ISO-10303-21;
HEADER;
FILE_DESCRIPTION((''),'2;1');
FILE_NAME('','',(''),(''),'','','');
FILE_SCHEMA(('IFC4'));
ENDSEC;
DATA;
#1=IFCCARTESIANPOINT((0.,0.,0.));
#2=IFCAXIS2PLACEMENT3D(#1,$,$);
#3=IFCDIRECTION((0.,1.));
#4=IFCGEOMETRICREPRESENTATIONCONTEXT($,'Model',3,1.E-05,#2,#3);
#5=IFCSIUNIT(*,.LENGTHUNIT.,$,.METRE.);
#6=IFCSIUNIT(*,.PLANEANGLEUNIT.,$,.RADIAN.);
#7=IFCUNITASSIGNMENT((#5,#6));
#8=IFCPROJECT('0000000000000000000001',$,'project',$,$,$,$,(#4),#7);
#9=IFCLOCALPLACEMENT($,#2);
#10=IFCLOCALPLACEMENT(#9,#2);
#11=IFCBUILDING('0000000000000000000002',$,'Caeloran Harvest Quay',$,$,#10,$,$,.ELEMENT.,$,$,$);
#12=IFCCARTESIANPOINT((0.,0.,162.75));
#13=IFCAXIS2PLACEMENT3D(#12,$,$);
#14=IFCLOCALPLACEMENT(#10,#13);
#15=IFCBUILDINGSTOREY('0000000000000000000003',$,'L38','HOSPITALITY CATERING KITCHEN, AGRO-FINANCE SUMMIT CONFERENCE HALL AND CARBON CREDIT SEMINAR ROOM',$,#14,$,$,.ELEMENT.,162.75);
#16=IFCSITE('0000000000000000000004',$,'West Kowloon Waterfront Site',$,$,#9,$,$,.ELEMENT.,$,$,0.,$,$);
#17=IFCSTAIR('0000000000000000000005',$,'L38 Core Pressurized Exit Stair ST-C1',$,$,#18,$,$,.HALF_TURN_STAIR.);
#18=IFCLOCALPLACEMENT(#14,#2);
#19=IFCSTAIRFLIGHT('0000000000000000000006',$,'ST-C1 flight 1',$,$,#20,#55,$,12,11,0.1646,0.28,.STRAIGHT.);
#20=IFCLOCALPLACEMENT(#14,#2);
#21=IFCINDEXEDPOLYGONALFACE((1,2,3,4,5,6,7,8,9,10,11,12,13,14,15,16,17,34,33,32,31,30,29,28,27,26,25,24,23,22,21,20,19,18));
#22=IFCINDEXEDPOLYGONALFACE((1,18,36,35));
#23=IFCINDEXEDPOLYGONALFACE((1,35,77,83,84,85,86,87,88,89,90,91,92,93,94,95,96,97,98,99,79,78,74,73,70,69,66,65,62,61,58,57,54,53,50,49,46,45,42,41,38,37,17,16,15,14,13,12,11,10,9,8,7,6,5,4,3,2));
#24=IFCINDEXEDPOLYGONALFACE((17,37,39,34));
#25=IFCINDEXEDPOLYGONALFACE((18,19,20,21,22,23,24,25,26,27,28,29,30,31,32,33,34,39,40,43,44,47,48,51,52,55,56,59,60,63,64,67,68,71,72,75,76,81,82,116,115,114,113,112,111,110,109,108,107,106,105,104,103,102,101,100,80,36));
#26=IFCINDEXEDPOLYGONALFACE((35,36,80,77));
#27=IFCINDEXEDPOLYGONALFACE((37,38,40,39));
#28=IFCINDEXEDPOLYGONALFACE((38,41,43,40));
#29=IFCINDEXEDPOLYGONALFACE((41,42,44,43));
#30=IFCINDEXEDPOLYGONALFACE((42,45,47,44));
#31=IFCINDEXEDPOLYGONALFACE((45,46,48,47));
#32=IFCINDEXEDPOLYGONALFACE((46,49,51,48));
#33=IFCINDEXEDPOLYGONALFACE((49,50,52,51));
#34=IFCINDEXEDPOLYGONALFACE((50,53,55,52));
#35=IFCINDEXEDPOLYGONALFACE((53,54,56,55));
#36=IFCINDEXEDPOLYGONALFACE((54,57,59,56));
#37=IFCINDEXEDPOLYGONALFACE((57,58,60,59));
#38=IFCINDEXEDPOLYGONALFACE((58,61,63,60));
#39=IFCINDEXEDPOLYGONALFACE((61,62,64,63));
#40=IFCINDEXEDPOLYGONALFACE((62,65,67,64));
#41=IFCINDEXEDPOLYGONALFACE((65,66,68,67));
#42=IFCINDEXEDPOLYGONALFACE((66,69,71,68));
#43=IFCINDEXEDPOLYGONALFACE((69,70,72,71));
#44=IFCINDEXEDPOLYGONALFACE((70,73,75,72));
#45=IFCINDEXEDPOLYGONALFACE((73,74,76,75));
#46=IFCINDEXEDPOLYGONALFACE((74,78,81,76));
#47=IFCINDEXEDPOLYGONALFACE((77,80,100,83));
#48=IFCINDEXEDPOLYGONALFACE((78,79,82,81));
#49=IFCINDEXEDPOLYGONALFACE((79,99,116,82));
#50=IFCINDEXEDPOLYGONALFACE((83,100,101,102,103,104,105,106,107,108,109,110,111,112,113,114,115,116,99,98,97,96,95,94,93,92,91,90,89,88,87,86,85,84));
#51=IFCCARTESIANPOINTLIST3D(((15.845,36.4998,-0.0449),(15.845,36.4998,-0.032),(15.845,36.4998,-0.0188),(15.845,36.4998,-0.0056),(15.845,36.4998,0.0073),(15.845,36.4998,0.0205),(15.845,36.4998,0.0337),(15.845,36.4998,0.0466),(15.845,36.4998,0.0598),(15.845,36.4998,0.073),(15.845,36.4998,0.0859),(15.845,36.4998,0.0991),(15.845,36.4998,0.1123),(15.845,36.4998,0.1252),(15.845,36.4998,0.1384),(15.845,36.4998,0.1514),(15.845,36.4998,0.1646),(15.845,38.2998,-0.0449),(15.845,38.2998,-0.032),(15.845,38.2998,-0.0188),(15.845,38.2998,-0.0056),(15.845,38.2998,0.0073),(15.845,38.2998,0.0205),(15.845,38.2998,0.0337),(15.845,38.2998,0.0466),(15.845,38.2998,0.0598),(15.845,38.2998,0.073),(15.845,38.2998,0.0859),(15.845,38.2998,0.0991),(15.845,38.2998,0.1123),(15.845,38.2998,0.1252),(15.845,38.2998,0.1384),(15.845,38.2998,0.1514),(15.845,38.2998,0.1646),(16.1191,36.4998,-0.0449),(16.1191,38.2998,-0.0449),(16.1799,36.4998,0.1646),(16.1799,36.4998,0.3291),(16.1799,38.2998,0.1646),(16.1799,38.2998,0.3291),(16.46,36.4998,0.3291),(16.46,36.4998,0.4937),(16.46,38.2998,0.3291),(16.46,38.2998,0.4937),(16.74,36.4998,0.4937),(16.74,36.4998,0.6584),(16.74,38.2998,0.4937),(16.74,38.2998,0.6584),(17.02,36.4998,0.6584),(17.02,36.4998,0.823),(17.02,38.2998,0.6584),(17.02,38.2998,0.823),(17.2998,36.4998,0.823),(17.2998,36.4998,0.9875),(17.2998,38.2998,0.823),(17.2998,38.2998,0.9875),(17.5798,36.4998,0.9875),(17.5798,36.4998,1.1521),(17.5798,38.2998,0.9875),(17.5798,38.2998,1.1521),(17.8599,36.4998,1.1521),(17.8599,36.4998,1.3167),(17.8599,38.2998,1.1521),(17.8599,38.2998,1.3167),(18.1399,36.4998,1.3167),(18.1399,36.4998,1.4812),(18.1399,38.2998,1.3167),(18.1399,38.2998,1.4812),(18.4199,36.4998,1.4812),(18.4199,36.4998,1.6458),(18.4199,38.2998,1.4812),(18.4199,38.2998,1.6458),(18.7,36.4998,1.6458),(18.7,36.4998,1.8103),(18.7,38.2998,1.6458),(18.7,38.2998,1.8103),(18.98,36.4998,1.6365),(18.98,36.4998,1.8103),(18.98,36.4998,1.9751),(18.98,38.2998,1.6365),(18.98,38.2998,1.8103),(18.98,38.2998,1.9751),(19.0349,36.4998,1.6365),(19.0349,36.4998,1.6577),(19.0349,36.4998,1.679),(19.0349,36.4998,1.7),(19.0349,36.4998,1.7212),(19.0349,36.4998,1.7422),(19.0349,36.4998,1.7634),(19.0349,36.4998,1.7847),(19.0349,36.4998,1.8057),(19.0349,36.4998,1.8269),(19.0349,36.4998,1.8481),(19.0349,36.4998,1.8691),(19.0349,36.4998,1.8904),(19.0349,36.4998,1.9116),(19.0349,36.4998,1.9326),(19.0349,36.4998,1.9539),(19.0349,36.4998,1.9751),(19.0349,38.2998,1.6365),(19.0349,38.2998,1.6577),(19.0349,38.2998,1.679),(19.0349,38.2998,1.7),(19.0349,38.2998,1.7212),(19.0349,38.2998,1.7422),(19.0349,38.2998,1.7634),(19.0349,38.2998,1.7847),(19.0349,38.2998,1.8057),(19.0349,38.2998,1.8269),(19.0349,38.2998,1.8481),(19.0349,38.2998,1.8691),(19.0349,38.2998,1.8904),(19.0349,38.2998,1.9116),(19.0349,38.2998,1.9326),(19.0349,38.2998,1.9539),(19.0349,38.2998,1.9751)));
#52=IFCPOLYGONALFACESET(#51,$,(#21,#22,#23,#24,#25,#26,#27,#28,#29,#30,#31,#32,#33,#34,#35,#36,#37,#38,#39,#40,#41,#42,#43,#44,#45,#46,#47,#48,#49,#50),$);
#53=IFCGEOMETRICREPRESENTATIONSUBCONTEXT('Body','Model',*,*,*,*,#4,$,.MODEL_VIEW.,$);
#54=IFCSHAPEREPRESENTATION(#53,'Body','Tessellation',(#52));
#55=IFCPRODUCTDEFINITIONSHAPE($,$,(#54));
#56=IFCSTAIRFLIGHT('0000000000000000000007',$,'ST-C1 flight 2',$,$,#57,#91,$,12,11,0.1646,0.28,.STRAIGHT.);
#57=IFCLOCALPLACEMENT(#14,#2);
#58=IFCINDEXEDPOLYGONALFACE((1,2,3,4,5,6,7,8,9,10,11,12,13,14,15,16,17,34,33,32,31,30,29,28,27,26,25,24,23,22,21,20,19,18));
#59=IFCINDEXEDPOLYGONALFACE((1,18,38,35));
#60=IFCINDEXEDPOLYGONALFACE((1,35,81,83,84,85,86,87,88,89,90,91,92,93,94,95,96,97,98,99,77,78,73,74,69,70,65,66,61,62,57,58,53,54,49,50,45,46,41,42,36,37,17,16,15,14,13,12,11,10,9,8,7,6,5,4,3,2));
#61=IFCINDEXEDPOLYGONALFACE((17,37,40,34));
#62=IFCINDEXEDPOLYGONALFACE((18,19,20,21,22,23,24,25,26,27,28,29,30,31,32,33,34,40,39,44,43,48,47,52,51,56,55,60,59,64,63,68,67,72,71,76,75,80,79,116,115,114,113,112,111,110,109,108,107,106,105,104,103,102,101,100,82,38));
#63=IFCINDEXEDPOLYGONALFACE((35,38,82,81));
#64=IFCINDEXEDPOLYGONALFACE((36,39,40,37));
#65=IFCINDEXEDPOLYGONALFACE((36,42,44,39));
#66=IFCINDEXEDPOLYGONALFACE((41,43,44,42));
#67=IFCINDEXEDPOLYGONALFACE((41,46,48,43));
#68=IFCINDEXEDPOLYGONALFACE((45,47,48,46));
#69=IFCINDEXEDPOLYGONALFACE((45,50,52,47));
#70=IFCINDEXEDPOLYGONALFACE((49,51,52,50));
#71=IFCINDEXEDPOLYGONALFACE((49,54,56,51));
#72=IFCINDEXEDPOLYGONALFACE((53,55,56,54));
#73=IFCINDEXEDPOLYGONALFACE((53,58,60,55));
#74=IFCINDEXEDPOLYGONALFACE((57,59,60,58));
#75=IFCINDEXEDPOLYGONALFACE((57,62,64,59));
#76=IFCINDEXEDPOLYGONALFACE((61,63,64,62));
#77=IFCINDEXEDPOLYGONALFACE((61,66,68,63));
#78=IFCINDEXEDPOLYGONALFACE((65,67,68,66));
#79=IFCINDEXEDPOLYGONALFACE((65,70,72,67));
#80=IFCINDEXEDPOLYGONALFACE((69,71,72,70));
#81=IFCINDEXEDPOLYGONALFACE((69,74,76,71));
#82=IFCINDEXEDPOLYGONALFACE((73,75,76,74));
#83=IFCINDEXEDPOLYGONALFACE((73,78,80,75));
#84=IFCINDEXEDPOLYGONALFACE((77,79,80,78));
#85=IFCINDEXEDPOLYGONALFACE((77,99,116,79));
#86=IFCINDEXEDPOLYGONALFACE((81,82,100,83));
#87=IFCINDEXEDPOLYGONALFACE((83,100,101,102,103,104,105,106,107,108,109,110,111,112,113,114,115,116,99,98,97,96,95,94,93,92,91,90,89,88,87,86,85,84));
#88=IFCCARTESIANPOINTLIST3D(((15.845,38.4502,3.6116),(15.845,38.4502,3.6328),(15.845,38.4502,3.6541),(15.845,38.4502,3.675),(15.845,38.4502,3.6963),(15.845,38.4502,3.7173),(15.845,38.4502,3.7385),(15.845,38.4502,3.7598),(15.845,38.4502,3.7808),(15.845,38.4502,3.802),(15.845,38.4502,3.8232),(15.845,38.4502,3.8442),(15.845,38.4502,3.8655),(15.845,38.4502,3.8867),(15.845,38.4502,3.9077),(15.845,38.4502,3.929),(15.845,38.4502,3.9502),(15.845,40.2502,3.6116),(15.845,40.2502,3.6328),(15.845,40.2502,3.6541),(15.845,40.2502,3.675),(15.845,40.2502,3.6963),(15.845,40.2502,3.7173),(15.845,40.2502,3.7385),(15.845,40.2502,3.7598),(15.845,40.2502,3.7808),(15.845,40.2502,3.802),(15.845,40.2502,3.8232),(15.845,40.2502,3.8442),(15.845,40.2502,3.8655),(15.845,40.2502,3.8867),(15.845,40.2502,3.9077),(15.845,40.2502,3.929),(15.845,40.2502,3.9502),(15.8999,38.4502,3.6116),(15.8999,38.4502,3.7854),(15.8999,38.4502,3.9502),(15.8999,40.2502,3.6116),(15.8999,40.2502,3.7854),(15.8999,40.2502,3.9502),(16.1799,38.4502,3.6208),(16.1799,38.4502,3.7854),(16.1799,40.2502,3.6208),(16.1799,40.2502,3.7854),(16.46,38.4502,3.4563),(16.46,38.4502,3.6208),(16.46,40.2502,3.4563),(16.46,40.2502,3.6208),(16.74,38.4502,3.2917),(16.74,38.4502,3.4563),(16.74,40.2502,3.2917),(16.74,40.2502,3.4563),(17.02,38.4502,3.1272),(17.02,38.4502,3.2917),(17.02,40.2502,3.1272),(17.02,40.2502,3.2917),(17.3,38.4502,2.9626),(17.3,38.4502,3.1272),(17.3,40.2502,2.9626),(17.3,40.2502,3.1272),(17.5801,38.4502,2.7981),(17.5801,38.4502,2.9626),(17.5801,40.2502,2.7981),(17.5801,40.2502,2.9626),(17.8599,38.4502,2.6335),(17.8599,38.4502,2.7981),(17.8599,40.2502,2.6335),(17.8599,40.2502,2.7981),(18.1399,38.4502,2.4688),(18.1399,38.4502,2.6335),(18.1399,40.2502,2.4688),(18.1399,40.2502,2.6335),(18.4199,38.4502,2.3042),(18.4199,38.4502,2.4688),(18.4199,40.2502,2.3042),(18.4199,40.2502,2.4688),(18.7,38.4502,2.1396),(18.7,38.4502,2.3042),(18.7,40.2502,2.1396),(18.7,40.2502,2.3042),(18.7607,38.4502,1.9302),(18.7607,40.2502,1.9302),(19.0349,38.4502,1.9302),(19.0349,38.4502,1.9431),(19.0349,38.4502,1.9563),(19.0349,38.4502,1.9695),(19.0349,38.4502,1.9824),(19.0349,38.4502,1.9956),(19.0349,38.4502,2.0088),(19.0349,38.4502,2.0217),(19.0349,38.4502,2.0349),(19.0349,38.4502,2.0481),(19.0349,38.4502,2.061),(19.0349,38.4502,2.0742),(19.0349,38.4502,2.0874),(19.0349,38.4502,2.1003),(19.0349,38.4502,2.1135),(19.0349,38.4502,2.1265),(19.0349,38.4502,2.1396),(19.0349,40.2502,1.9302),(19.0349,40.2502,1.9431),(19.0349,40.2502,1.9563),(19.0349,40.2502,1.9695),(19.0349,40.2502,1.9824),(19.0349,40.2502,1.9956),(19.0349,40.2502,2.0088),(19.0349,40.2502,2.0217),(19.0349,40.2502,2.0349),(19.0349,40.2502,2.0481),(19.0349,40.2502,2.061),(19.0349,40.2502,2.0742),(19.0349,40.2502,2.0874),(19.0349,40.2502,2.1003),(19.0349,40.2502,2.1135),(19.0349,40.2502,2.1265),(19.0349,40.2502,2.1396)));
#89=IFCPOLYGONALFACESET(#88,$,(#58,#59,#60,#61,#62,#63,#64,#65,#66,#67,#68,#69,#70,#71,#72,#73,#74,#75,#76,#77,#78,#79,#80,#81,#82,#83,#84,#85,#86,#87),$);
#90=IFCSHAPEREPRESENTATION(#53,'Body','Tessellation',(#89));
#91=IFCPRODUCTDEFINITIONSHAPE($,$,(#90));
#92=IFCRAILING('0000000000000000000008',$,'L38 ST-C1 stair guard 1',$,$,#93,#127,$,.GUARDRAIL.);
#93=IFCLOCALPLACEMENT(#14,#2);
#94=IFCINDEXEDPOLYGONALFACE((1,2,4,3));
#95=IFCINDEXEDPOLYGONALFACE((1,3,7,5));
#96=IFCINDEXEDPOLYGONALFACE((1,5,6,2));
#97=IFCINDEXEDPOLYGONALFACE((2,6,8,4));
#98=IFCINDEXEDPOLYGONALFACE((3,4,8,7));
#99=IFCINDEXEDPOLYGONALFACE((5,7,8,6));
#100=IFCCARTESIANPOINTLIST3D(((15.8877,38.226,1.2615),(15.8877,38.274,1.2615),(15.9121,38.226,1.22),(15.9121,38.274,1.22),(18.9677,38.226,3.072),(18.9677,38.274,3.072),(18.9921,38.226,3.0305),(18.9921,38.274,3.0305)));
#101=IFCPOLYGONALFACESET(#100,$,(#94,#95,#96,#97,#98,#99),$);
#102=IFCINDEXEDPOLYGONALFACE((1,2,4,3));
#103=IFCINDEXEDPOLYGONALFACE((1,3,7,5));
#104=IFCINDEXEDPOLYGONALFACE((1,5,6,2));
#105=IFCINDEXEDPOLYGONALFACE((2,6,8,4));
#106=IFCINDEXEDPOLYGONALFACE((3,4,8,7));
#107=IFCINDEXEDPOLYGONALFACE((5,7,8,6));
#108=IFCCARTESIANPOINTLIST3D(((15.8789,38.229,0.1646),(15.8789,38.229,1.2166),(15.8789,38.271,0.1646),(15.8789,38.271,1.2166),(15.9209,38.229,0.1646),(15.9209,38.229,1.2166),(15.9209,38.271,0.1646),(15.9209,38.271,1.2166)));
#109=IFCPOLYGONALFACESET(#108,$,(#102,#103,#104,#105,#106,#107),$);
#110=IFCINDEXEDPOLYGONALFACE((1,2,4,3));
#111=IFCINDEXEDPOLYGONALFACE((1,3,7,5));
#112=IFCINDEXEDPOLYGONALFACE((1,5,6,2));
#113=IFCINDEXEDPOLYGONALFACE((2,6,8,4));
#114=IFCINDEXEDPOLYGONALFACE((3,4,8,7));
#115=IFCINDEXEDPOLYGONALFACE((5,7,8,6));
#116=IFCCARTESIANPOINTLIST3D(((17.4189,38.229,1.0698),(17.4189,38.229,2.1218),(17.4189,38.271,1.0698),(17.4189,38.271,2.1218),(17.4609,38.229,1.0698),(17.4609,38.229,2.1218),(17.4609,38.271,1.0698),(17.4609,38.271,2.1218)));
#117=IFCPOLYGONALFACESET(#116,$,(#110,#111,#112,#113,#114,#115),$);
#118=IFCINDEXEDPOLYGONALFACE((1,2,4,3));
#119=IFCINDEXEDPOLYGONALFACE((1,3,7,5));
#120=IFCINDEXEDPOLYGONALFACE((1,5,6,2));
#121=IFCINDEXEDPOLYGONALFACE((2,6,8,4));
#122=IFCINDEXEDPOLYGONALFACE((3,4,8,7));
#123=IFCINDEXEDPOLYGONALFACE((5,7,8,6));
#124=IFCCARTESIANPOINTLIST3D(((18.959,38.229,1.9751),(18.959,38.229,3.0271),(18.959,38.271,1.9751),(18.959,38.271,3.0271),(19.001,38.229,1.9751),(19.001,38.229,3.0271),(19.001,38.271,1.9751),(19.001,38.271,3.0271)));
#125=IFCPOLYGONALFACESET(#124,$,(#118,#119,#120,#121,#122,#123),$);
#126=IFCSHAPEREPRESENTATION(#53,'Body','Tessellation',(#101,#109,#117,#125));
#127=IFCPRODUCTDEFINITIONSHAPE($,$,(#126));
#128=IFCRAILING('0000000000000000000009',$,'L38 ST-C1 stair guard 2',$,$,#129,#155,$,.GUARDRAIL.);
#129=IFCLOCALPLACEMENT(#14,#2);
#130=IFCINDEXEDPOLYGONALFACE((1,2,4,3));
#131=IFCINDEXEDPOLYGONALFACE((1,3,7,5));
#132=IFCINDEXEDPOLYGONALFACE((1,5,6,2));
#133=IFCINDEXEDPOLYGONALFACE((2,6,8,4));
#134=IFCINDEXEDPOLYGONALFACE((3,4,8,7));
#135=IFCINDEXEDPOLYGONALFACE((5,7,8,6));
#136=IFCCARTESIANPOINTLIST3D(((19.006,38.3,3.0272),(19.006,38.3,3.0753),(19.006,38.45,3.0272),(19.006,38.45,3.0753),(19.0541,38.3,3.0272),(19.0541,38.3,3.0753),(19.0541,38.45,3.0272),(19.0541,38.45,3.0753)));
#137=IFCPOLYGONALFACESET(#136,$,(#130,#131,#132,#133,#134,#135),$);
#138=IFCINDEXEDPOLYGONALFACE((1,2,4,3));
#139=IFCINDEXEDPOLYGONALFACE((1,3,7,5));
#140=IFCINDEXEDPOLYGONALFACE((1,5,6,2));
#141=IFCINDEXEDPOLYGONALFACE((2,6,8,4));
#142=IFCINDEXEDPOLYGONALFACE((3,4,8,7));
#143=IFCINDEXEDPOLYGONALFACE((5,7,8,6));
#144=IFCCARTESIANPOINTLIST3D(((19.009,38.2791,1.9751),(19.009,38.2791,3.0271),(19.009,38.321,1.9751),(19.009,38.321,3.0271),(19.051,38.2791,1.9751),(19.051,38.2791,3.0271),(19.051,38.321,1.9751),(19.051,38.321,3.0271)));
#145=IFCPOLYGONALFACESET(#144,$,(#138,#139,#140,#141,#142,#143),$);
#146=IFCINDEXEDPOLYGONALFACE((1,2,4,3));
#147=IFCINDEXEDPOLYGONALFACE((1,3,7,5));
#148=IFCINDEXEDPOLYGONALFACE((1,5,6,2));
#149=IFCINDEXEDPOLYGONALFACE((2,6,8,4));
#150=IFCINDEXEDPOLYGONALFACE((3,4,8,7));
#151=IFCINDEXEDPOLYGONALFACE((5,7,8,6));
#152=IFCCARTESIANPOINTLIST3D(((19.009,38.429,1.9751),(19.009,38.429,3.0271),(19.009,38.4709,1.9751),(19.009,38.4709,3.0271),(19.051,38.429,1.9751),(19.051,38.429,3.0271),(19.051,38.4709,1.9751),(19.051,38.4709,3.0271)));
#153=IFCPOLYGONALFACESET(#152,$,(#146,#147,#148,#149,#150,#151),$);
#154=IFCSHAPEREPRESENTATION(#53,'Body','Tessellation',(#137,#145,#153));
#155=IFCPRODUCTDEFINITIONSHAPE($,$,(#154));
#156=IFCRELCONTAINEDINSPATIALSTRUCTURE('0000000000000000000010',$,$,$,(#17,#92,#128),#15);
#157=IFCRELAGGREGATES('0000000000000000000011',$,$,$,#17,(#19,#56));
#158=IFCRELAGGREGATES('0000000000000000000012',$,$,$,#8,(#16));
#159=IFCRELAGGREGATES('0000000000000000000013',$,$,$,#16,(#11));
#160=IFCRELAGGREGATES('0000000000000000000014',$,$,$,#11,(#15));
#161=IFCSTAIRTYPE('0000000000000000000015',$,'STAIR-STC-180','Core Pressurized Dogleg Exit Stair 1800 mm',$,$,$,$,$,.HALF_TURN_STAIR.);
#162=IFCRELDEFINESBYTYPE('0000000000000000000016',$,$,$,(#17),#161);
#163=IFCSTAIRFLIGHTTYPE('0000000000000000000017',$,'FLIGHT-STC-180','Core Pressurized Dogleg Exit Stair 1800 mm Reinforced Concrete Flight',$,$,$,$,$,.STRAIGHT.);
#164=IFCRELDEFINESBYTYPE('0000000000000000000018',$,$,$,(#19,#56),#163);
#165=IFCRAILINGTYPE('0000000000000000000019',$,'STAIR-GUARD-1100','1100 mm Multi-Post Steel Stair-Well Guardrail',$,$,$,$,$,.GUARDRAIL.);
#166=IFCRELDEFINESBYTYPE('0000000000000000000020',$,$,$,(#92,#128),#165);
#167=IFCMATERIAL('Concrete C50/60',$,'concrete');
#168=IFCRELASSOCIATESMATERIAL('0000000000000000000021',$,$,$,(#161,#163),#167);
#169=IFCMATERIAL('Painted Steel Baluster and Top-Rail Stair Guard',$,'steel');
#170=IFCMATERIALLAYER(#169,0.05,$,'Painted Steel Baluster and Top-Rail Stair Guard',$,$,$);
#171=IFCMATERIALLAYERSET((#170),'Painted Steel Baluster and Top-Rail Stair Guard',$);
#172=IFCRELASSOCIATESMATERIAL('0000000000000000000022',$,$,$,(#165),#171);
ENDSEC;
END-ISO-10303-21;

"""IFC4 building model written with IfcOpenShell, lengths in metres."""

from ifc_helpers import new_model, si_unit, direction, frame, origin, origin_2d, place, context, subcontext, project, spatial, polyline, rectangle, outline, extrude, material, layer, layer_set, type_object, element, aggregate, save


model = new_model("IFC4")

# Units and contexts
model_context = context("Model", 3, precision=1e-05, world=origin(), true_north=direction((0.0, 1.0)))
body_context = subcontext(model_context, "Body", "Model", "MODEL_VIEW")
ifc_project = project(units=[si_unit("LENGTHUNIT", "METRE"), si_unit("PLANEANGLEUNIT", "RADIAN")], contexts=[model_context])

# Site, building, storey
site_placement = place(None, origin())
site = spatial("IfcSite", under=ifc_project, at=site_placement, Name="West Kowloon Waterfront Site", CompositionType="ELEMENT", RefElevation=0.0)
building_placement = place(site_placement, origin())
building = spatial("IfcBuilding", under=site, at=building_placement, Name="Caeloran Harvest Quay", CompositionType="ELEMENT")
storey_placement = place(building_placement, frame((0.0, 0.0, 162.75)))
storey = spatial("IfcBuildingStorey", under=building, at=storey_placement, Name="L38", Description="HOSPITALITY CATERING KITCHEN, AGRO-FINANCE SUMMIT CONFERENCE HALL AND CARBON CREDIT SEMINAR ROOM", CompositionType="ELEMENT", Elevation=162.75)

# Stair, stair flights
ifc_material_1 = material(Name="Concrete C50/60", Category="concrete")
stair_type = type_object("IfcStairType", Name="STAIR-STC-180", Description="Core Pressurized Dogleg Exit Stair 1800 mm", PredefinedType="HALF_TURN_STAIR", material=ifc_material_1)
stair_placement = place(storey_placement, origin())
stair = element("IfcStair", 1, at=stair_placement, inside=storey, type_object=stair_type, Name="L38 Core Pressurized Exit Stair ST-C1", PredefinedType="HALF_TURN_STAIR")
stair_flight_type = type_object("IfcStairFlightType", Name="FLIGHT-STC-180", Description="Core Pressurized Dogleg Exit Stair 1800 mm Reinforced Concrete Flight", PredefinedType="STRAIGHT", material=ifc_material_1)
stair_flight_1_placement = place(storey_placement, frame((15.8999, 37.3999, 0.0), z_axis=(0.0, 0.0, 1.0), x_axis=(1.0, 0.0, 0.0)))
stair_flight_1 = element("IfcStairFlight", 2, at=stair_flight_1_placement, type_object=stair_flight_type, Name="ST-C1 flight 1", NumberOfRisers=12, NumberOfTreads=11, PredefinedType="STRAIGHT", RiserHeight=0.1646, TreadLength=0.28, context=body_context, shape_type="SweptSolid", body=[
    extrude(outline(polyline([(-0.0549, -0.0449), (-0.0549, -0.032), (-0.0549, -0.0188), (-0.0549, -0.0056), (-0.0549, 0.0073), (-0.0549, 0.0205), (-0.0549, 0.0337), (-0.0549, 0.0466), (-0.0549, 0.0598), (-0.0549, 0.073), (-0.0549, 0.0859), (-0.0549, 0.0991), (-0.0549, 0.1123), (-0.0549, 0.1252), (-0.0549, 0.1384), (-0.0549, 0.1514), (-0.0549, 0.1646), (0.28, 0.1646), (0.28, 0.3291), (0.5601, 0.3291), (0.5601, 0.4937), (0.8401, 0.4937), (0.8401, 0.6584), (1.1201, 0.6584), (1.1201, 0.823), (1.3999, 0.823), (1.3999, 0.9875), (1.6799, 0.9875), (1.6799, 1.1521), (1.96, 1.1521), (1.96, 1.3167), (2.24, 1.3167), (2.24, 1.4812), (2.52, 1.4812), (2.52, 1.6458), (2.8, 1.6458), (2.8, 1.8103), (3.0801, 1.8103), (3.0801, 1.9751), (3.135, 1.9751), (3.135, 1.9539), (3.135, 1.9326), (3.135, 1.9116), (3.135, 1.8904), (3.135, 1.8691), (3.135, 1.8481), (3.135, 1.8269), (3.135, 1.8057), (3.135, 1.7847), (3.135, 1.7634), (3.135, 1.7422), (3.135, 1.7212), (3.135, 1.7), (3.135, 1.679), (3.135, 1.6577), (3.135, 1.6365), (3.0801, 1.6365), (0.2192, -0.0449), (-0.0549, -0.0449)])), frame((0.0, 0.8999, 0.0), z_axis=(0.0, -1.0, 0.0), x_axis=(1.0, 0.0, 0.0)), (0.0, 0.0, 1.0), 1.8),
])
stair_flight_2_placement = place(storey_placement, frame((18.98, 39.3501, 1.9751), z_axis=(0.0, 0.0, 1.0), x_axis=(-1.0, 0.0, 0.0)))
stair_flight_2 = element("IfcStairFlight", 3, at=stair_flight_2_placement, type_object=stair_flight_type, Name="ST-C1 flight 2", NumberOfRisers=12, NumberOfTreads=11, PredefinedType="STRAIGHT", RiserHeight=0.1646, TreadLength=0.28, context=body_context, shape_type="SweptSolid", body=[
    extrude(outline(polyline([(-0.0549, -0.0449), (-0.0549, -0.032), (-0.0549, -0.0188), (-0.0549, -0.0056), (-0.0549, 0.0073), (-0.0549, 0.0205), (-0.0549, 0.0337), (-0.0549, 0.0466), (-0.0549, 0.0598), (-0.0549, 0.073), (-0.0549, 0.0859), (-0.0549, 0.0991), (-0.0549, 0.1123), (-0.0549, 0.1252), (-0.0549, 0.1384), (-0.0549, 0.1514), (-0.0549, 0.1646), (0.28, 0.1646), (0.28, 0.3291), (0.5601, 0.3291), (0.5601, 0.4937), (0.8401, 0.4937), (0.8401, 0.6584), (1.1201, 0.6584), (1.1201, 0.823), (1.3999, 0.823), (1.3999, 0.9875), (1.6799, 0.9875), (1.6799, 1.1521), (1.96, 1.1521), (1.96, 1.3167), (2.24, 1.3167), (2.24, 1.4812), (2.52, 1.4812), (2.52, 1.6458), (2.8, 1.6458), (2.8, 1.8103), (3.0801, 1.8103), (3.0801, 1.9751), (3.135, 1.9751), (3.135, 1.9539), (3.135, 1.9326), (3.135, 1.9116), (3.135, 1.8904), (3.135, 1.8691), (3.135, 1.8481), (3.135, 1.8269), (3.135, 1.8057), (3.135, 1.7847), (3.135, 1.7634), (3.135, 1.7422), (3.135, 1.7212), (3.135, 1.7), (3.135, 1.679), (3.135, 1.6577), (3.135, 1.6365), (3.0801, 1.6365), (0.2192, -0.0449), (-0.0549, -0.0449)])), frame((0.0, 0.8999, 0.0), z_axis=(0.0, -1.0, 0.0), x_axis=(1.0, 0.0, 0.0)), (0.0, 0.0, 1.0), 1.8),
])
aggregate(stair, [stair_flight_1, stair_flight_2])

# Railings
ifc_material_2 = material(Name="Painted Steel Baluster and Top-Rail Stair Guard", Category="steel")
ifc_layer_1 = layer(ifc_material_2, 0.05, Name="Painted Steel Baluster and Top-Rail Stair Guard")
ifc_layer_set_1 = layer_set([ifc_layer_1], Name="Painted Steel Baluster and Top-Rail Stair Guard")
railing_type_1 = type_object("IfcRailingType", Name="STAIR-GUARD-1100", Description="1100 mm Multi-Post Steel Stair-Well Guardrail", PredefinedType="GUARDRAIL", material=ifc_layer_set_1)
railing_1_placement = place(storey_placement, frame((15.8999, 38.25, 0.1646)))
element("IfcRailing", 4, at=railing_1_placement, inside=storey, type_object=railing_type_1, Name="L38 ST-C1 stair guard 1", PredefinedType="GUARDRAIL", context=body_context, shape_type="SweptSolid", body=[
    extrude(rectangle(XDim=0.0481, YDim=0.0481, at=origin_2d()), frame((0.0, 0.0, 1.0762), z_axis=(0.862089, 0.0, 0.506757), x_axis=(0.0, 1.0, 0.0)), (0.0, 0.0, 1.0), 3.5728),
    extrude(rectangle(XDim=0.042, YDim=0.042, at=origin_2d()), origin(), (0.0, 0.0, 1.0), 1.052),
    extrude(rectangle(XDim=0.042, YDim=0.042, at=origin_2d()), frame((1.54, 0.0, 0.9053)), (0.0, 0.0, 1.0), 1.052),
    extrude(rectangle(XDim=0.042, YDim=0.042, at=origin_2d()), frame((3.0801, 0.0, 1.8105)), (0.0, 0.0, 1.0), 1.052),
])
railing_2_placement = place(storey_placement, frame((19.03, 38.3, 1.9751)))
element("IfcRailing", 5, at=railing_2_placement, inside=storey, type_object=railing_type_1, Name="L38 ST-C1 stair guard 2", PredefinedType="GUARDRAIL", context=body_context, shape_type="SweptSolid", body=[
    extrude(rectangle(XDim=0.0481, YDim=0.0481, at=origin_2d()), frame((0.0, 0.0, 1.0762), z_axis=(0.0, 1.0, 0.0), x_axis=(-1.0, 0.0, 0.0)), (0.0, 0.0, 1.0), 0.1499),
    extrude(rectangle(XDim=0.042, YDim=0.042, at=origin_2d()), origin(), (0.0, 0.0, 1.0), 1.052),
    extrude(rectangle(XDim=0.042, YDim=0.042, at=origin_2d()), frame((0.0, 0.1499, 0.0)), (0.0, 0.0, 1.0), 1.052),
])

save(model, "model.ifc")
